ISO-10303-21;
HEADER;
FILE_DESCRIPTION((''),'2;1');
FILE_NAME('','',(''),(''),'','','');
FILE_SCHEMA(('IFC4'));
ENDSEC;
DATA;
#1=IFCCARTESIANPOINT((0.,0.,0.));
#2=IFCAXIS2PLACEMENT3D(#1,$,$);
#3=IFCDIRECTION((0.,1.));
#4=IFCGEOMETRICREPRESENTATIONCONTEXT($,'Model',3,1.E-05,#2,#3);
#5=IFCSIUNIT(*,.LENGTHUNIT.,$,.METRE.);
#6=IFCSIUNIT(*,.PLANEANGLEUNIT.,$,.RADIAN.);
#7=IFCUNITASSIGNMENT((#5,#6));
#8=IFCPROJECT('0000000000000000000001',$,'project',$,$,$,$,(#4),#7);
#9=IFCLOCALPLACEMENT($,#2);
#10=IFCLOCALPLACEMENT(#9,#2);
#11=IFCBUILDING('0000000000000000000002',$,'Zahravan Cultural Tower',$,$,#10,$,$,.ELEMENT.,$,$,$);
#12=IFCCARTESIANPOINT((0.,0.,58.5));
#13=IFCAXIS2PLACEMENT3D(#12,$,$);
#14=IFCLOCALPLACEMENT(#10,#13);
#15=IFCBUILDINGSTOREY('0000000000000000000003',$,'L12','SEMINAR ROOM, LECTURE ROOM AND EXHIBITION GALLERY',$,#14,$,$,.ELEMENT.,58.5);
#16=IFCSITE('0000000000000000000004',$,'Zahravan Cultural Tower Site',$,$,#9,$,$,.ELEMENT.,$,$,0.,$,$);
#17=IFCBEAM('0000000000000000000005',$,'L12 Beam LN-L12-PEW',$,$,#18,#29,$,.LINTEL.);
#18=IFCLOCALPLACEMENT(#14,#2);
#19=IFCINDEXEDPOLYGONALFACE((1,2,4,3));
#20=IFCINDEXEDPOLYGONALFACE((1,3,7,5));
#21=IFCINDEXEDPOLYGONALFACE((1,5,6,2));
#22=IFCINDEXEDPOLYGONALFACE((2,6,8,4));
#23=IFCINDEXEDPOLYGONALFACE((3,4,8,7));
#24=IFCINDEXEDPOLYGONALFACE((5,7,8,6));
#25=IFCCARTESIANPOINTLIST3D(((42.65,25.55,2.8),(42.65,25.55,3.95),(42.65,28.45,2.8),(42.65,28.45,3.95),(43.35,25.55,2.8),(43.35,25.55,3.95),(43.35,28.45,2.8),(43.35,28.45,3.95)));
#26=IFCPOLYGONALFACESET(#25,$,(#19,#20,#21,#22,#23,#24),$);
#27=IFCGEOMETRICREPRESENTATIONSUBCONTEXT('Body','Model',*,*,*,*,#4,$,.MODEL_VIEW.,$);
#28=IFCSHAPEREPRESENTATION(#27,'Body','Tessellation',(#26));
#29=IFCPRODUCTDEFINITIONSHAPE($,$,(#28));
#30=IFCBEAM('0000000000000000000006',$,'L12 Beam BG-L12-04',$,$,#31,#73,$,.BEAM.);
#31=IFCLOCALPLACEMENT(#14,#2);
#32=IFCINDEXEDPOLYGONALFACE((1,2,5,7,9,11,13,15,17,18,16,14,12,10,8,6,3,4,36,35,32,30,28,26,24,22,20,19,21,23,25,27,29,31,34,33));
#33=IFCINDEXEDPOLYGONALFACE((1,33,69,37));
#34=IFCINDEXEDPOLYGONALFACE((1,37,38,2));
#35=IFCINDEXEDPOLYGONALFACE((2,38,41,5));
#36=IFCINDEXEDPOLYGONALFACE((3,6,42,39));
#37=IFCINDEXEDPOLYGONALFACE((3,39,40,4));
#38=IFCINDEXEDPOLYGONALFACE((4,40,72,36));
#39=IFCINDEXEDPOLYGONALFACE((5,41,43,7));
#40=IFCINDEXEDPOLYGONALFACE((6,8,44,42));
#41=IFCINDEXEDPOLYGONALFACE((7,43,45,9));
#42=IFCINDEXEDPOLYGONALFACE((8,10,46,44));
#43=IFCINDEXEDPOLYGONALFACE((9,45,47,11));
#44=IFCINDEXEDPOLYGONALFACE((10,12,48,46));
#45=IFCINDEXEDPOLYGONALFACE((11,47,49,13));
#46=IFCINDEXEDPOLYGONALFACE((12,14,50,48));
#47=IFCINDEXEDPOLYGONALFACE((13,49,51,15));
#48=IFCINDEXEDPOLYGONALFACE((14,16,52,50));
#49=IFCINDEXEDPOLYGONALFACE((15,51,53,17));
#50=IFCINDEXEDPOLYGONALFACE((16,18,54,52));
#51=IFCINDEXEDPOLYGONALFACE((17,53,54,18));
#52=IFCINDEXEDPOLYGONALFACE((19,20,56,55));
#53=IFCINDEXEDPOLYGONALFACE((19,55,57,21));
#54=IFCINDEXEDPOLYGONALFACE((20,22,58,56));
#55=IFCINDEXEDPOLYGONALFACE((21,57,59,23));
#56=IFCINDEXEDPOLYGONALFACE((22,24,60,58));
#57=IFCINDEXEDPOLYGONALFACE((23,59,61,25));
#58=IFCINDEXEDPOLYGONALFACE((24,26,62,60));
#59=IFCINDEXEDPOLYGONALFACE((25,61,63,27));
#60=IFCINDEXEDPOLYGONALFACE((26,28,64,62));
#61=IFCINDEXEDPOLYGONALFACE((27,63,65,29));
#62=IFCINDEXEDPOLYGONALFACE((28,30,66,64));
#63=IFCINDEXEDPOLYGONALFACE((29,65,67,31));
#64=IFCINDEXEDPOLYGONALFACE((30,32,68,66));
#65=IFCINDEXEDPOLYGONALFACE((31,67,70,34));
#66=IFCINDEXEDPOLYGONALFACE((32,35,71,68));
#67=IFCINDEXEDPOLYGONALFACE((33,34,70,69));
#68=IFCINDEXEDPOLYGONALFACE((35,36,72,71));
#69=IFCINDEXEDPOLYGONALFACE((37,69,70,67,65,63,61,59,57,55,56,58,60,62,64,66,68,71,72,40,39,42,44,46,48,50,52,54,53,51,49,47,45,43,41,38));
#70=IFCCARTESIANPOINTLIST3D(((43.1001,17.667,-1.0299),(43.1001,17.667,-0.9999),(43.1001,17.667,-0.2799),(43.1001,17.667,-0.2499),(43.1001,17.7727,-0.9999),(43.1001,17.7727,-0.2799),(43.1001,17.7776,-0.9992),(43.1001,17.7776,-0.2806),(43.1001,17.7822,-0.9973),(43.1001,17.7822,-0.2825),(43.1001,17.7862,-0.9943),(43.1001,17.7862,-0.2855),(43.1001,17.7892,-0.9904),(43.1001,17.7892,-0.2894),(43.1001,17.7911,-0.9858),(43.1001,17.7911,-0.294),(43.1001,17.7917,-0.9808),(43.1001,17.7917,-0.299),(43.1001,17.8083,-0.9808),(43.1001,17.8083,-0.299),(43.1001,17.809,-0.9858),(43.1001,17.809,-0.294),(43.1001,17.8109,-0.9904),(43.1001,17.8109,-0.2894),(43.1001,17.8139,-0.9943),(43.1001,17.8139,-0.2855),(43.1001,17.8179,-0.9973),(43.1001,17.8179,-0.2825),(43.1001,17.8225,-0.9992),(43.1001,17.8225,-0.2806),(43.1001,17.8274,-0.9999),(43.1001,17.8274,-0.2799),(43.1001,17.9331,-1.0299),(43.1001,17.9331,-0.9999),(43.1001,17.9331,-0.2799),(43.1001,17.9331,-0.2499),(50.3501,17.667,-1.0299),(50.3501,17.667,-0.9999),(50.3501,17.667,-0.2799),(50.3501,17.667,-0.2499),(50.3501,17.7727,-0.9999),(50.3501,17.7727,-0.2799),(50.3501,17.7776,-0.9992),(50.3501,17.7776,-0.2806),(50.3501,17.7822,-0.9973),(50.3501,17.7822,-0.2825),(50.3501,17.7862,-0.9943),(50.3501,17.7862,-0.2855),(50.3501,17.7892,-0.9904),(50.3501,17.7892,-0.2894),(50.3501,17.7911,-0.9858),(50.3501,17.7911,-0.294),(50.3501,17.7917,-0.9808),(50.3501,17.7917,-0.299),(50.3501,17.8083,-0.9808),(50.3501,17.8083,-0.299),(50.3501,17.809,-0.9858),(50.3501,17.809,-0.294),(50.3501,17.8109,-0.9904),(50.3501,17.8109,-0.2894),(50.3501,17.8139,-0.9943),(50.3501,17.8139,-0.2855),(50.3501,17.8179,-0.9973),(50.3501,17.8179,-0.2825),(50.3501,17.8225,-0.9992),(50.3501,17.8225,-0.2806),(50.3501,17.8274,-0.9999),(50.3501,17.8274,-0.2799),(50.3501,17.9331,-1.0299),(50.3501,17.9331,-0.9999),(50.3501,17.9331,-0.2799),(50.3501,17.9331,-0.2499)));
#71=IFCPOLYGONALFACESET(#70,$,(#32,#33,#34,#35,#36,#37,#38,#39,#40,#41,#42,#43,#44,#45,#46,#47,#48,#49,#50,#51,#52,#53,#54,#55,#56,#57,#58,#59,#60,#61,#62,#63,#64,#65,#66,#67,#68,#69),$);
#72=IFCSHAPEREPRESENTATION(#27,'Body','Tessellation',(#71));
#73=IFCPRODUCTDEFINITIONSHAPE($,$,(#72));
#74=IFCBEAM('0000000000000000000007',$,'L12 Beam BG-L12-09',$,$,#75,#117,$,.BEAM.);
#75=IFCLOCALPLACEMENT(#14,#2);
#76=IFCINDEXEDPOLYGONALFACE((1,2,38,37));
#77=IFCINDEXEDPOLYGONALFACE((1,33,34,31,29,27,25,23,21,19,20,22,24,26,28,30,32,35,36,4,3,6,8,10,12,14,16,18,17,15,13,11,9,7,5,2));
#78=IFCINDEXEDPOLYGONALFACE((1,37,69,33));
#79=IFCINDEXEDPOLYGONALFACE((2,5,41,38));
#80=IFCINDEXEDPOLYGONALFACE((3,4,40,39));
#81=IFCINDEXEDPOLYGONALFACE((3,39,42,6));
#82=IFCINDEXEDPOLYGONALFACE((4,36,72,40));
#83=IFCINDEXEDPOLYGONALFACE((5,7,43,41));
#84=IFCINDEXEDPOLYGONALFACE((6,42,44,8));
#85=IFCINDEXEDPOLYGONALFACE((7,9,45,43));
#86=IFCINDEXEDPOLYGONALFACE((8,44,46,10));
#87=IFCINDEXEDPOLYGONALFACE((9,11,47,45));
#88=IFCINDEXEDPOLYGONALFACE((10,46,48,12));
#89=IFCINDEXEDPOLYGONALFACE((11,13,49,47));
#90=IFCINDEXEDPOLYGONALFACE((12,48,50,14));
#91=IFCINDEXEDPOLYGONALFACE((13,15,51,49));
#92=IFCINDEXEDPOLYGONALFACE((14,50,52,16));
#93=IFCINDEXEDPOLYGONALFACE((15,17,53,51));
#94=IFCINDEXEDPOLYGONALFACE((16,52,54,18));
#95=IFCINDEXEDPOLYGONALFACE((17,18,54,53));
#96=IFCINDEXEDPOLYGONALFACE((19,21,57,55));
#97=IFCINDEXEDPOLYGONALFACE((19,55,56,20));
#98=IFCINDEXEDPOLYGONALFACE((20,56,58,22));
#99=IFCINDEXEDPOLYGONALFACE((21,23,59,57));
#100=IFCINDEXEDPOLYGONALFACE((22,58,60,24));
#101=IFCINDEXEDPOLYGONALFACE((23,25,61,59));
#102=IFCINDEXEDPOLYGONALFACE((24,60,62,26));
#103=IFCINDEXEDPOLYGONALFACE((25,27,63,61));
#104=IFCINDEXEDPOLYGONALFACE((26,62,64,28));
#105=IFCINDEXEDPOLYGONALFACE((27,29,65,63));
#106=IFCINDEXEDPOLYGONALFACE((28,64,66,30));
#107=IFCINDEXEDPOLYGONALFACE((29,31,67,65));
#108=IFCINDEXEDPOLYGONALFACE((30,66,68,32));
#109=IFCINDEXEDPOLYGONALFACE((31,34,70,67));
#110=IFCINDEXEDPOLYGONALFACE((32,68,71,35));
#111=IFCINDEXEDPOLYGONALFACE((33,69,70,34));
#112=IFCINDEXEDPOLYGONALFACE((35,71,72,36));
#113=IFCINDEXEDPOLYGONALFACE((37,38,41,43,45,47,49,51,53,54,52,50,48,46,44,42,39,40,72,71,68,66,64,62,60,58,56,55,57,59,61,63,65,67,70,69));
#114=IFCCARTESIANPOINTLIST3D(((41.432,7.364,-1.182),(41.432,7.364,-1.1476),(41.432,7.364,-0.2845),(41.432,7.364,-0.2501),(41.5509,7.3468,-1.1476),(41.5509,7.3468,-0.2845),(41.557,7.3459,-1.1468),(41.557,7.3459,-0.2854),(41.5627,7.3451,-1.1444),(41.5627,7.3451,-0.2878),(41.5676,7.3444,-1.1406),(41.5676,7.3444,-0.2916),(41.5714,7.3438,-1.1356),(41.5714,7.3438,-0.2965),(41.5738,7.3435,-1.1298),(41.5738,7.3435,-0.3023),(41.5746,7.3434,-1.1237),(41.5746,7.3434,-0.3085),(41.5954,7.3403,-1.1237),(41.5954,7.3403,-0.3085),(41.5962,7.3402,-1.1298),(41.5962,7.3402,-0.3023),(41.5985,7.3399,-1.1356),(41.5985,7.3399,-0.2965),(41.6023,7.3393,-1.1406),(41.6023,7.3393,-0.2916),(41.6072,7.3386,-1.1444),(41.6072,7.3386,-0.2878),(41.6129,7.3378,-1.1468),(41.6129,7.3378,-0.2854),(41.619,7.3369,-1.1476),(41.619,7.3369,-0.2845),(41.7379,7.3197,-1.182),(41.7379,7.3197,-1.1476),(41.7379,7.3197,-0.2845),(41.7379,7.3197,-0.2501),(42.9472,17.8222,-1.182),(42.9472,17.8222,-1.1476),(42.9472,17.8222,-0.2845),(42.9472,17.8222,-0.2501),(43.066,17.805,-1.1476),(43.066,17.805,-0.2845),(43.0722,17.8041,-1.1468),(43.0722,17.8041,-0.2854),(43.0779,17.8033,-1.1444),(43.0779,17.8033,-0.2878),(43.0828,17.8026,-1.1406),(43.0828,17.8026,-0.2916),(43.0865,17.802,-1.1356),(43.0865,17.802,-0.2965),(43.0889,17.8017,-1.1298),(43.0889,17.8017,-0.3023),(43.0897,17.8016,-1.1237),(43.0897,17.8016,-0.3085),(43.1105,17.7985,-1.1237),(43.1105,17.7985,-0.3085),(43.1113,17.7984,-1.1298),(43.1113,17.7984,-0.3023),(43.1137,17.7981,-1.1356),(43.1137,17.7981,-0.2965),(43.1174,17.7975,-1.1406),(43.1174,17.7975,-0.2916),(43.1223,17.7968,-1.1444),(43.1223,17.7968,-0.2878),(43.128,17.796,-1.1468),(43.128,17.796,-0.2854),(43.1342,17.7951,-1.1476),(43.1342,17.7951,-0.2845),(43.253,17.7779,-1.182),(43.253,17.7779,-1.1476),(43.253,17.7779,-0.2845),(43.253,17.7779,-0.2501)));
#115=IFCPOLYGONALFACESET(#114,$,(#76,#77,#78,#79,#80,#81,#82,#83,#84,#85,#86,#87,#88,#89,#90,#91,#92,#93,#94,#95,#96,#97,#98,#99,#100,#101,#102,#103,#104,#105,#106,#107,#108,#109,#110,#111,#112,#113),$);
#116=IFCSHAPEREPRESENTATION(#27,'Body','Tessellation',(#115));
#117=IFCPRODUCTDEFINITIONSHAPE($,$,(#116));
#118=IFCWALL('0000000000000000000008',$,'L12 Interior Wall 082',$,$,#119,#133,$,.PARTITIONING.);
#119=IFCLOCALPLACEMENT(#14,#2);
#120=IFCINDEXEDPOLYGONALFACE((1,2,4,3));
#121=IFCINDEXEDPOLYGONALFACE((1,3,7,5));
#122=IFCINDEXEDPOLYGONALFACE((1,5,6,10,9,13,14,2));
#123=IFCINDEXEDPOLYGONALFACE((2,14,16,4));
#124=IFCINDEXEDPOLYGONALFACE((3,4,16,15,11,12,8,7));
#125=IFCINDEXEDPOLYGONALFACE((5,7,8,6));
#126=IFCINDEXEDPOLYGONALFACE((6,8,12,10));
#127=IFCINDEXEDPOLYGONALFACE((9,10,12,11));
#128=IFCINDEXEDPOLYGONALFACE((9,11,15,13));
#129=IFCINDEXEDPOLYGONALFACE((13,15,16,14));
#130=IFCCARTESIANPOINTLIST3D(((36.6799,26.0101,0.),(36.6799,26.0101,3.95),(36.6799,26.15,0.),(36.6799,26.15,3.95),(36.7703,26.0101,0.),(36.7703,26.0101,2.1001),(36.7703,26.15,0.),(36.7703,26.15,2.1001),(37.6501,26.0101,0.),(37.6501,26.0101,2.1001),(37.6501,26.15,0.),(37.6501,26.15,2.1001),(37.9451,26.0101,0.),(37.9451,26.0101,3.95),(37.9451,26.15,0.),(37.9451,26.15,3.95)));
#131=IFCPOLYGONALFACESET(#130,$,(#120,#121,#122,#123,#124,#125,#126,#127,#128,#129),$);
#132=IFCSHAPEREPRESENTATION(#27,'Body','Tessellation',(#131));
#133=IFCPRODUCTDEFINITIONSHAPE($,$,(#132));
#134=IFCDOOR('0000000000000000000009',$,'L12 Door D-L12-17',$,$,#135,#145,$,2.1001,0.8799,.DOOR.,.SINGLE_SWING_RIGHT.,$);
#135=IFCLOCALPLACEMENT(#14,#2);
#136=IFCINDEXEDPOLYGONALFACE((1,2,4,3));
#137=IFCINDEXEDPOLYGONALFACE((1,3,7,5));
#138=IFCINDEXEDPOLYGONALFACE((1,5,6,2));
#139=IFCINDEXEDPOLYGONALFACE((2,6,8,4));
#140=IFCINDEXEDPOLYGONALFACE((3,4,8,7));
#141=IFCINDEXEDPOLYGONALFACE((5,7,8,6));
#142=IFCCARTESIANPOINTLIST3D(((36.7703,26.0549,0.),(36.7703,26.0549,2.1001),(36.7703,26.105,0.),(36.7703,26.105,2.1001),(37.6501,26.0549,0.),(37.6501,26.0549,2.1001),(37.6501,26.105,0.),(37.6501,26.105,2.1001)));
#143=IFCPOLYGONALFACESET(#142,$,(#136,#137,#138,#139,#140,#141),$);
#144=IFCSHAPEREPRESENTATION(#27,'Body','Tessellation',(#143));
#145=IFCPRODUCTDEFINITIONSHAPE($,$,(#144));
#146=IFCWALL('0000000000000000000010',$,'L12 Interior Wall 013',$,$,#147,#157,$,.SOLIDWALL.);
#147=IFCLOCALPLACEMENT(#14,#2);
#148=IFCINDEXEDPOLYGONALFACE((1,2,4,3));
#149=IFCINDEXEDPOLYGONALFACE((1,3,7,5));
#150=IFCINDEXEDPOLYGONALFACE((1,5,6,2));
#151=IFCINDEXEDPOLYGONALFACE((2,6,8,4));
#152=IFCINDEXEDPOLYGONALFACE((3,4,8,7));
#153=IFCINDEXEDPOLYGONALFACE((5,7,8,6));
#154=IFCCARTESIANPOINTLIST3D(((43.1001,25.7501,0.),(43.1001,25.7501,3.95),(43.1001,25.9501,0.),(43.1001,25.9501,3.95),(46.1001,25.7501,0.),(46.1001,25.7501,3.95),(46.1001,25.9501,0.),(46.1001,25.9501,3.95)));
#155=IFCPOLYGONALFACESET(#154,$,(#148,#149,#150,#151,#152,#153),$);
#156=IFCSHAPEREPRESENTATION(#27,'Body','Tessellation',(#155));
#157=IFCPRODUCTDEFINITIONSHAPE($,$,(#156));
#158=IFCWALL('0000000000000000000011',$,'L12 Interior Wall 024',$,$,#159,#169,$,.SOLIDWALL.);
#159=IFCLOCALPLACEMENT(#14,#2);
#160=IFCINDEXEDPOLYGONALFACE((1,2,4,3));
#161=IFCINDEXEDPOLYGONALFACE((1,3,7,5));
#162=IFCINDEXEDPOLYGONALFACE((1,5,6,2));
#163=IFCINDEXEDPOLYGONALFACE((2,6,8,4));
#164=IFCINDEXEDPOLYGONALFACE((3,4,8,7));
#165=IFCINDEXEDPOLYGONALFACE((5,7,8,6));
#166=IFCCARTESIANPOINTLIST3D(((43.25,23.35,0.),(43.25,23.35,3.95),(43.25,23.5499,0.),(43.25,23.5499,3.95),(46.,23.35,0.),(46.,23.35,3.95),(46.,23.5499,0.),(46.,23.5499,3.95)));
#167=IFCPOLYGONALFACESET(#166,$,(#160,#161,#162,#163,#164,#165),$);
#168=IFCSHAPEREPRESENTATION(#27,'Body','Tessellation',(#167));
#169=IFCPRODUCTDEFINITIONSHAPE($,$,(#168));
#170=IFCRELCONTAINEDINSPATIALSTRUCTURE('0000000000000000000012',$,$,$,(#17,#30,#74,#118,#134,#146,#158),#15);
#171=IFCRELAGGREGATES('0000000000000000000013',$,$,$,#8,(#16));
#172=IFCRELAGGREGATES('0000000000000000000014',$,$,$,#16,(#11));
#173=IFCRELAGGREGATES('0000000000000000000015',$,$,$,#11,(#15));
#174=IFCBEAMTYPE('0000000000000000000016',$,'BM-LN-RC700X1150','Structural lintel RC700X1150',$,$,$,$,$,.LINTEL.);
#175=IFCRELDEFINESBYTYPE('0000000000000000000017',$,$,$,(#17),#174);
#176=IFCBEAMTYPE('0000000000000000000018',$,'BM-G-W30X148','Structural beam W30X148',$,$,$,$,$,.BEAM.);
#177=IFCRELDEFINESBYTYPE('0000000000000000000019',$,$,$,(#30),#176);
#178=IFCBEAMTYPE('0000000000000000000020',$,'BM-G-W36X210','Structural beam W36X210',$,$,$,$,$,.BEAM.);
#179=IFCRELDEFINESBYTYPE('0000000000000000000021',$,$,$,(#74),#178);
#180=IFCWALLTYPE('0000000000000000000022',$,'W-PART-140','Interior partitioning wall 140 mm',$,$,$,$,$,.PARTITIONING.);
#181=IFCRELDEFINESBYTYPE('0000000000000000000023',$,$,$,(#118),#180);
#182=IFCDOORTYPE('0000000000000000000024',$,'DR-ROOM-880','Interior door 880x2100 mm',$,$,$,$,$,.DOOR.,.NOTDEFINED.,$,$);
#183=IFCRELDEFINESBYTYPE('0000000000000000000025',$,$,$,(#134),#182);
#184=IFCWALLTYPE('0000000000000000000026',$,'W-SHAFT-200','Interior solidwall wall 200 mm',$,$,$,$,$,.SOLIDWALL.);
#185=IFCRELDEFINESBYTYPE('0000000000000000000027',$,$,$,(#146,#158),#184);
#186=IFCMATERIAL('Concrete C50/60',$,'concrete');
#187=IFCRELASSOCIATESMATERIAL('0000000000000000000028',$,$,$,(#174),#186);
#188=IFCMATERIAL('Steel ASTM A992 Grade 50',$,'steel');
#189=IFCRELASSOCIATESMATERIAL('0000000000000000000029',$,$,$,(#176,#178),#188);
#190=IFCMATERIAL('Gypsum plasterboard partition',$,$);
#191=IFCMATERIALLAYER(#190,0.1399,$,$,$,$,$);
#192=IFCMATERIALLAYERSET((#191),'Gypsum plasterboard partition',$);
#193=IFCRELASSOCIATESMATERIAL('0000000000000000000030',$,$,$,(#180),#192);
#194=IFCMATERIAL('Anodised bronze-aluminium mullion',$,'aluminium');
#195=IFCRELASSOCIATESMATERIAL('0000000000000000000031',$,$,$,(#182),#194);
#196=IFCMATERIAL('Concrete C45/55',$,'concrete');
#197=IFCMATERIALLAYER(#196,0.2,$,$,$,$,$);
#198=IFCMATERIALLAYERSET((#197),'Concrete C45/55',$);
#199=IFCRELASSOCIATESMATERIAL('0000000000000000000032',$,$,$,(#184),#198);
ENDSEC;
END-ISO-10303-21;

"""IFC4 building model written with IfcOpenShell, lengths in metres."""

from ifc_helpers import new_model, si_unit, direction, frame, frame_2d, origin, origin_2d, place, context, subcontext, project, spatial, rectangle, i_section, extrude, source, transform, mapped, material, layer, layer_set, material_profile, profile_set, type_object, element, fill, save


model = new_model("IFC4")

# Units and contexts
model_context = context("Model", 3, precision=1e-05, world=origin(), true_north=direction((0.0, 1.0)))
body_context = subcontext(model_context, "Body", "Model", "MODEL_VIEW")
ifc_project = project(units=[si_unit("LENGTHUNIT", "METRE"), si_unit("PLANEANGLEUNIT", "RADIAN")], contexts=[model_context])

# Site, building, storey
site_placement = place(None, origin())
site = spatial("IfcSite", under=ifc_project, at=site_placement, Name="Zahravan Cultural Tower Site", CompositionType="ELEMENT", RefElevation=0.0)
building_placement = place(site_placement, origin())
building = spatial("IfcBuilding", under=site, at=building_placement, Name="Zahravan Cultural Tower", CompositionType="ELEMENT")
storey_placement = place(building_placement, frame((0.0, 0.0, 58.5)))
storey = spatial("IfcBuildingStorey", under=building, at=storey_placement, Name="L12", Description="SEMINAR ROOM, LECTURE ROOM AND EXHIBITION GALLERY", CompositionType="ELEMENT", Elevation=58.5)

# Beams
ifc_material_1 = material(Name="Concrete C50/60", Category="concrete")
ifc_material_profile_1 = material_profile(ifc_material_1, rectangle(XDim=0.7, YDim=1.1499, at=origin_2d()), Name="RC700X1150")
ifc_profile_set_1 = profile_set([ifc_material_profile_1], Name="Concrete C50/60")
beam_type_1 = type_object("IfcBeamType", Name="BM-LN-RC700X1150", Description="Structural lintel RC700X1150", PredefinedType="LINTEL", material=ifc_profile_set_1)
shared_shape_1 = source(origin(), body_context, "Body", "SweptSolid", [
    extrude(rectangle(XDim=0.7, YDim=1.1499, at=origin_2d()), origin(), (0.0, 0.0, 1.0), 2.8999),
])
beam_1_placement = place(storey_placement, frame((43.0, 25.55, 3.375), z_axis=(0.0, 1.0, 0.0), x_axis=(-1.0, 0.0, 0.0)))
element("IfcBeam", 1, at=beam_1_placement, inside=storey, type_object=beam_type_1, Name="L12 Beam LN-L12-PEW", PredefinedType="LINTEL", context=body_context, shape_type="MappedRepresentation", body=[
    mapped(shared_shape_1, transform((0.0, 0.0, 0.0), x_axis=(1.0, 0.0, 0.0), y_axis=(0.0, 1.0, 0.0), z_axis=(0.0, 0.0, 1.0), scale=1.0)),
])
ifc_material_2 = material(Name="Steel ASTM A992 Grade 50", Category="steel")
ifc_material_profile_2 = material_profile(ifc_material_2, i_section(OverallWidth=0.2661, OverallDepth=0.78, WebThickness=0.0166, FlangeThickness=0.03, FilletRadius=0.019, at=origin_2d()), Name="W30X148")
ifc_profile_set_2 = profile_set([ifc_material_profile_2], Name="Steel ASTM A992 Grade 50")
beam_type_2 = type_object("IfcBeamType", Name="BM-G-W30X148", Description="Structural beam W30X148", PredefinedType="BEAM", material=ifc_profile_set_2)
shared_shape_2 = source(origin(), body_context, "Body", "SweptSolid", [
    extrude(i_section(OverallWidth=0.2661, OverallDepth=0.78, WebThickness=0.0166, FlangeThickness=0.03, FilletRadius=0.019, at=origin_2d()), origin(), (0.0, 0.0, 1.0), 7.25),
])
beam_2_placement = place(storey_placement, frame((43.1001, 17.8, -0.6399), z_axis=(1.0, 0.0, 0.0), x_axis=(0.0, 1.0, 0.0)))
element("IfcBeam", 2, at=beam_2_placement, inside=storey, type_object=beam_type_2, Name="L12 Beam BG-L12-04", PredefinedType="BEAM", context=body_context, shape_type="MappedRepresentation", body=[
    mapped(shared_shape_2, transform((0.0, 0.0, 0.0), x_axis=(1.0, 0.0, 0.0), y_axis=(0.0, 1.0, 0.0), z_axis=(0.0, 0.0, 1.0), scale=1.0)),
])
ifc_material_profile_3 = material_profile(ifc_material_2, i_section(OverallWidth=0.3091, OverallDepth=0.9319, WebThickness=0.021, FlangeThickness=0.0344, FilletRadius=0.0239, at=origin_2d()), Name="W36X210")
ifc_profile_set_3 = profile_set([ifc_material_profile_3], Name="Steel ASTM A992 Grade 50")
beam_type_3 = type_object("IfcBeamType", Name="BM-G-W36X210", Description="Structural beam W36X210", PredefinedType="BEAM", material=ifc_profile_set_3)
shared_shape_3 = source(origin(), body_context, "Body", "SweptSolid", [
    extrude(i_section(OverallWidth=0.3091, OverallDepth=0.9319, WebThickness=0.021, FlangeThickness=0.0344, FilletRadius=0.0239, at=origin_2d()), origin(), (0.0, 0.0, 1.0), 10.5674),
])
beam_3_placement = place(storey_placement, frame((43.1001, 17.8, -0.7161), z_axis=(-0.143378, -0.989668, 0.0), x_axis=(0.989668, -0.143378, 0.0)))
element("IfcBeam", 3, at=beam_3_placement, inside=storey, type_object=beam_type_3, Name="L12 Beam BG-L12-09", PredefinedType="BEAM", context=body_context, shape_type="MappedRepresentation", body=[
    mapped(shared_shape_3, transform((0.0, 0.0, 0.0), x_axis=(1.0, 0.0, 0.0), y_axis=(0.0, 1.0, 0.0), z_axis=(0.0, 0.0, 1.0), scale=1.0)),
])

# Wall, opening, door
ifc_material_3 = material(Name="Gypsum plasterboard partition")
ifc_layer_1 = layer(ifc_material_3, 0.1399)
ifc_layer_set_1 = layer_set([ifc_layer_1], Name="Gypsum plasterboard partition")
wall_type_1 = type_object("IfcWallType", Name="W-PART-140", Description="Interior partitioning wall 140 mm", PredefinedType="PARTITIONING", material=ifc_layer_set_1)
wall_1_placement = place(storey_placement, frame((36.6799, 26.0801, 0.0), z_axis=(0.0, 0.0, 1.0), x_axis=(1.0, 0.0, 0.0)))
wall_1 = element("IfcWall", 4, at=wall_1_placement, inside=storey, type_object=wall_type_1, Name="L12 Interior Wall 082", PredefinedType="PARTITIONING", context=body_context, shape_type="SweptSolid", body=[
    extrude(rectangle(XDim=1.2651, YDim=0.1399, at=frame_2d((0.6326, 0.0))), origin(), (0.0, 0.0, 1.0), 3.95),
])
opening_1_placement = place(wall_1_placement, frame((0.0903, 0.0, 0.0)))
opening_1 = element("IfcOpeningElement", 5, at=opening_1_placement, cuts=wall_1, PredefinedType="OPENING", context=body_context, shape_type="SweptSolid", body=[
    extrude(rectangle(XDim=0.8799, YDim=2.1001, at=frame_2d((0.4399, 1.05))), frame((0.0, 0.0798, 0.0), z_axis=(0.0, -1.0, 0.0), x_axis=(1.0, 0.0, 0.0)), (0.0, 0.0, 1.0), 0.1599),
])
ifc_material_4 = material(Name="Anodised bronze-aluminium mullion", Category="aluminium")
door_type_1 = type_object("IfcDoorType", Name="DR-ROOM-880", Description="Interior door 880x2100 mm", OperationType="NOTDEFINED", PredefinedType="DOOR", material=ifc_material_4)
shared_shape_4 = source(origin(), body_context, "Body", "SweptSolid", [
    extrude(rectangle(XDim=0.8799, YDim=2.1001, at=frame_2d((0.4399, 1.05))), frame((0.0, 0.0249, 0.0), z_axis=(0.0, -1.0, 0.0), x_axis=(1.0, 0.0, 0.0)), (0.0, 0.0, 1.0), 0.05),
])
door_1_placement = place(opening_1_placement, origin())
door_1 = element("IfcDoor", 6, at=door_1_placement, inside=storey, type_object=door_type_1, Name="L12 Door D-L12-17", OperationType="SINGLE_SWING_RIGHT", OverallHeight=2.1001, OverallWidth=0.8799, PredefinedType="DOOR", context=body_context, shape_type="MappedRepresentation", body=[
    mapped(shared_shape_4, transform((0.0, 0.0, 0.0), x_axis=(1.0, 0.0, 0.0), y_axis=(0.0, 1.0, 0.0), z_axis=(0.0, 0.0, 1.0), scale=1.0)),
])
fill(opening_1, door_1)
ifc_material_5 = material(Name="Concrete C45/55", Category="concrete")
ifc_layer_2 = layer(ifc_material_5, 0.2)
ifc_layer_set_2 = layer_set([ifc_layer_2], Name="Concrete C45/55")
wall_type_2 = type_object("IfcWallType", Name="W-SHAFT-200", Description="Interior solidwall wall 200 mm", PredefinedType="SOLIDWALL", material=ifc_layer_set_2)

# Walls
shared_shape_5 = source(origin(), body_context, "Body", "SweptSolid", [
    extrude(rectangle(XDim=3.0, YDim=0.2, at=frame_2d((1.5, 0.0))), origin(), (0.0, 0.0, 1.0), 3.95),
])
wall_2_placement = place(storey_placement, frame((43.1001, 25.8501, 0.0), z_axis=(0.0, 0.0, 1.0), x_axis=(1.0, 0.0, 0.0)))
element("IfcWall", 7, at=wall_2_placement, inside=storey, type_object=wall_type_2, Name="L12 Interior Wall 013", PredefinedType="SOLIDWALL", context=body_context, shape_type="MappedRepresentation", body=[
    mapped(shared_shape_5, transform((0.0, 0.0, 0.0), x_axis=(1.0, 0.0, 0.0), y_axis=(0.0, 1.0, 0.0), z_axis=(0.0, 0.0, 1.0), scale=1.0)),
])
shared_shape_6 = source(origin(), body_context, "Body", "SweptSolid", [
    extrude(rectangle(XDim=2.75, YDim=0.2, at=frame_2d((1.375, 0.0))), origin(), (0.0, 0.0, 1.0), 3.95),
])
for number, where, z_axis, x_axis, name in (
    (8, (43.25, 23.45, 0.0), (0.0, 0.0, 1.0), (1.0, 0.0, 0.0), "L12 Interior Wall 024"),
):
    element("IfcWall", number, at=place(storey_placement, frame(where, z_axis=z_axis, x_axis=x_axis)), inside=storey, type_object=wall_type_2, Name=name, PredefinedType="SOLIDWALL", context=body_context, shape_type="MappedRepresentation", body=[
        mapped(shared_shape_6, transform((0.0, 0.0, 0.0), x_axis=(1.0, 0.0, 0.0), y_axis=(0.0, 1.0, 0.0), z_axis=(0.0, 0.0, 1.0), scale=1.0)),
    ])

save(model, "model.ifc")
